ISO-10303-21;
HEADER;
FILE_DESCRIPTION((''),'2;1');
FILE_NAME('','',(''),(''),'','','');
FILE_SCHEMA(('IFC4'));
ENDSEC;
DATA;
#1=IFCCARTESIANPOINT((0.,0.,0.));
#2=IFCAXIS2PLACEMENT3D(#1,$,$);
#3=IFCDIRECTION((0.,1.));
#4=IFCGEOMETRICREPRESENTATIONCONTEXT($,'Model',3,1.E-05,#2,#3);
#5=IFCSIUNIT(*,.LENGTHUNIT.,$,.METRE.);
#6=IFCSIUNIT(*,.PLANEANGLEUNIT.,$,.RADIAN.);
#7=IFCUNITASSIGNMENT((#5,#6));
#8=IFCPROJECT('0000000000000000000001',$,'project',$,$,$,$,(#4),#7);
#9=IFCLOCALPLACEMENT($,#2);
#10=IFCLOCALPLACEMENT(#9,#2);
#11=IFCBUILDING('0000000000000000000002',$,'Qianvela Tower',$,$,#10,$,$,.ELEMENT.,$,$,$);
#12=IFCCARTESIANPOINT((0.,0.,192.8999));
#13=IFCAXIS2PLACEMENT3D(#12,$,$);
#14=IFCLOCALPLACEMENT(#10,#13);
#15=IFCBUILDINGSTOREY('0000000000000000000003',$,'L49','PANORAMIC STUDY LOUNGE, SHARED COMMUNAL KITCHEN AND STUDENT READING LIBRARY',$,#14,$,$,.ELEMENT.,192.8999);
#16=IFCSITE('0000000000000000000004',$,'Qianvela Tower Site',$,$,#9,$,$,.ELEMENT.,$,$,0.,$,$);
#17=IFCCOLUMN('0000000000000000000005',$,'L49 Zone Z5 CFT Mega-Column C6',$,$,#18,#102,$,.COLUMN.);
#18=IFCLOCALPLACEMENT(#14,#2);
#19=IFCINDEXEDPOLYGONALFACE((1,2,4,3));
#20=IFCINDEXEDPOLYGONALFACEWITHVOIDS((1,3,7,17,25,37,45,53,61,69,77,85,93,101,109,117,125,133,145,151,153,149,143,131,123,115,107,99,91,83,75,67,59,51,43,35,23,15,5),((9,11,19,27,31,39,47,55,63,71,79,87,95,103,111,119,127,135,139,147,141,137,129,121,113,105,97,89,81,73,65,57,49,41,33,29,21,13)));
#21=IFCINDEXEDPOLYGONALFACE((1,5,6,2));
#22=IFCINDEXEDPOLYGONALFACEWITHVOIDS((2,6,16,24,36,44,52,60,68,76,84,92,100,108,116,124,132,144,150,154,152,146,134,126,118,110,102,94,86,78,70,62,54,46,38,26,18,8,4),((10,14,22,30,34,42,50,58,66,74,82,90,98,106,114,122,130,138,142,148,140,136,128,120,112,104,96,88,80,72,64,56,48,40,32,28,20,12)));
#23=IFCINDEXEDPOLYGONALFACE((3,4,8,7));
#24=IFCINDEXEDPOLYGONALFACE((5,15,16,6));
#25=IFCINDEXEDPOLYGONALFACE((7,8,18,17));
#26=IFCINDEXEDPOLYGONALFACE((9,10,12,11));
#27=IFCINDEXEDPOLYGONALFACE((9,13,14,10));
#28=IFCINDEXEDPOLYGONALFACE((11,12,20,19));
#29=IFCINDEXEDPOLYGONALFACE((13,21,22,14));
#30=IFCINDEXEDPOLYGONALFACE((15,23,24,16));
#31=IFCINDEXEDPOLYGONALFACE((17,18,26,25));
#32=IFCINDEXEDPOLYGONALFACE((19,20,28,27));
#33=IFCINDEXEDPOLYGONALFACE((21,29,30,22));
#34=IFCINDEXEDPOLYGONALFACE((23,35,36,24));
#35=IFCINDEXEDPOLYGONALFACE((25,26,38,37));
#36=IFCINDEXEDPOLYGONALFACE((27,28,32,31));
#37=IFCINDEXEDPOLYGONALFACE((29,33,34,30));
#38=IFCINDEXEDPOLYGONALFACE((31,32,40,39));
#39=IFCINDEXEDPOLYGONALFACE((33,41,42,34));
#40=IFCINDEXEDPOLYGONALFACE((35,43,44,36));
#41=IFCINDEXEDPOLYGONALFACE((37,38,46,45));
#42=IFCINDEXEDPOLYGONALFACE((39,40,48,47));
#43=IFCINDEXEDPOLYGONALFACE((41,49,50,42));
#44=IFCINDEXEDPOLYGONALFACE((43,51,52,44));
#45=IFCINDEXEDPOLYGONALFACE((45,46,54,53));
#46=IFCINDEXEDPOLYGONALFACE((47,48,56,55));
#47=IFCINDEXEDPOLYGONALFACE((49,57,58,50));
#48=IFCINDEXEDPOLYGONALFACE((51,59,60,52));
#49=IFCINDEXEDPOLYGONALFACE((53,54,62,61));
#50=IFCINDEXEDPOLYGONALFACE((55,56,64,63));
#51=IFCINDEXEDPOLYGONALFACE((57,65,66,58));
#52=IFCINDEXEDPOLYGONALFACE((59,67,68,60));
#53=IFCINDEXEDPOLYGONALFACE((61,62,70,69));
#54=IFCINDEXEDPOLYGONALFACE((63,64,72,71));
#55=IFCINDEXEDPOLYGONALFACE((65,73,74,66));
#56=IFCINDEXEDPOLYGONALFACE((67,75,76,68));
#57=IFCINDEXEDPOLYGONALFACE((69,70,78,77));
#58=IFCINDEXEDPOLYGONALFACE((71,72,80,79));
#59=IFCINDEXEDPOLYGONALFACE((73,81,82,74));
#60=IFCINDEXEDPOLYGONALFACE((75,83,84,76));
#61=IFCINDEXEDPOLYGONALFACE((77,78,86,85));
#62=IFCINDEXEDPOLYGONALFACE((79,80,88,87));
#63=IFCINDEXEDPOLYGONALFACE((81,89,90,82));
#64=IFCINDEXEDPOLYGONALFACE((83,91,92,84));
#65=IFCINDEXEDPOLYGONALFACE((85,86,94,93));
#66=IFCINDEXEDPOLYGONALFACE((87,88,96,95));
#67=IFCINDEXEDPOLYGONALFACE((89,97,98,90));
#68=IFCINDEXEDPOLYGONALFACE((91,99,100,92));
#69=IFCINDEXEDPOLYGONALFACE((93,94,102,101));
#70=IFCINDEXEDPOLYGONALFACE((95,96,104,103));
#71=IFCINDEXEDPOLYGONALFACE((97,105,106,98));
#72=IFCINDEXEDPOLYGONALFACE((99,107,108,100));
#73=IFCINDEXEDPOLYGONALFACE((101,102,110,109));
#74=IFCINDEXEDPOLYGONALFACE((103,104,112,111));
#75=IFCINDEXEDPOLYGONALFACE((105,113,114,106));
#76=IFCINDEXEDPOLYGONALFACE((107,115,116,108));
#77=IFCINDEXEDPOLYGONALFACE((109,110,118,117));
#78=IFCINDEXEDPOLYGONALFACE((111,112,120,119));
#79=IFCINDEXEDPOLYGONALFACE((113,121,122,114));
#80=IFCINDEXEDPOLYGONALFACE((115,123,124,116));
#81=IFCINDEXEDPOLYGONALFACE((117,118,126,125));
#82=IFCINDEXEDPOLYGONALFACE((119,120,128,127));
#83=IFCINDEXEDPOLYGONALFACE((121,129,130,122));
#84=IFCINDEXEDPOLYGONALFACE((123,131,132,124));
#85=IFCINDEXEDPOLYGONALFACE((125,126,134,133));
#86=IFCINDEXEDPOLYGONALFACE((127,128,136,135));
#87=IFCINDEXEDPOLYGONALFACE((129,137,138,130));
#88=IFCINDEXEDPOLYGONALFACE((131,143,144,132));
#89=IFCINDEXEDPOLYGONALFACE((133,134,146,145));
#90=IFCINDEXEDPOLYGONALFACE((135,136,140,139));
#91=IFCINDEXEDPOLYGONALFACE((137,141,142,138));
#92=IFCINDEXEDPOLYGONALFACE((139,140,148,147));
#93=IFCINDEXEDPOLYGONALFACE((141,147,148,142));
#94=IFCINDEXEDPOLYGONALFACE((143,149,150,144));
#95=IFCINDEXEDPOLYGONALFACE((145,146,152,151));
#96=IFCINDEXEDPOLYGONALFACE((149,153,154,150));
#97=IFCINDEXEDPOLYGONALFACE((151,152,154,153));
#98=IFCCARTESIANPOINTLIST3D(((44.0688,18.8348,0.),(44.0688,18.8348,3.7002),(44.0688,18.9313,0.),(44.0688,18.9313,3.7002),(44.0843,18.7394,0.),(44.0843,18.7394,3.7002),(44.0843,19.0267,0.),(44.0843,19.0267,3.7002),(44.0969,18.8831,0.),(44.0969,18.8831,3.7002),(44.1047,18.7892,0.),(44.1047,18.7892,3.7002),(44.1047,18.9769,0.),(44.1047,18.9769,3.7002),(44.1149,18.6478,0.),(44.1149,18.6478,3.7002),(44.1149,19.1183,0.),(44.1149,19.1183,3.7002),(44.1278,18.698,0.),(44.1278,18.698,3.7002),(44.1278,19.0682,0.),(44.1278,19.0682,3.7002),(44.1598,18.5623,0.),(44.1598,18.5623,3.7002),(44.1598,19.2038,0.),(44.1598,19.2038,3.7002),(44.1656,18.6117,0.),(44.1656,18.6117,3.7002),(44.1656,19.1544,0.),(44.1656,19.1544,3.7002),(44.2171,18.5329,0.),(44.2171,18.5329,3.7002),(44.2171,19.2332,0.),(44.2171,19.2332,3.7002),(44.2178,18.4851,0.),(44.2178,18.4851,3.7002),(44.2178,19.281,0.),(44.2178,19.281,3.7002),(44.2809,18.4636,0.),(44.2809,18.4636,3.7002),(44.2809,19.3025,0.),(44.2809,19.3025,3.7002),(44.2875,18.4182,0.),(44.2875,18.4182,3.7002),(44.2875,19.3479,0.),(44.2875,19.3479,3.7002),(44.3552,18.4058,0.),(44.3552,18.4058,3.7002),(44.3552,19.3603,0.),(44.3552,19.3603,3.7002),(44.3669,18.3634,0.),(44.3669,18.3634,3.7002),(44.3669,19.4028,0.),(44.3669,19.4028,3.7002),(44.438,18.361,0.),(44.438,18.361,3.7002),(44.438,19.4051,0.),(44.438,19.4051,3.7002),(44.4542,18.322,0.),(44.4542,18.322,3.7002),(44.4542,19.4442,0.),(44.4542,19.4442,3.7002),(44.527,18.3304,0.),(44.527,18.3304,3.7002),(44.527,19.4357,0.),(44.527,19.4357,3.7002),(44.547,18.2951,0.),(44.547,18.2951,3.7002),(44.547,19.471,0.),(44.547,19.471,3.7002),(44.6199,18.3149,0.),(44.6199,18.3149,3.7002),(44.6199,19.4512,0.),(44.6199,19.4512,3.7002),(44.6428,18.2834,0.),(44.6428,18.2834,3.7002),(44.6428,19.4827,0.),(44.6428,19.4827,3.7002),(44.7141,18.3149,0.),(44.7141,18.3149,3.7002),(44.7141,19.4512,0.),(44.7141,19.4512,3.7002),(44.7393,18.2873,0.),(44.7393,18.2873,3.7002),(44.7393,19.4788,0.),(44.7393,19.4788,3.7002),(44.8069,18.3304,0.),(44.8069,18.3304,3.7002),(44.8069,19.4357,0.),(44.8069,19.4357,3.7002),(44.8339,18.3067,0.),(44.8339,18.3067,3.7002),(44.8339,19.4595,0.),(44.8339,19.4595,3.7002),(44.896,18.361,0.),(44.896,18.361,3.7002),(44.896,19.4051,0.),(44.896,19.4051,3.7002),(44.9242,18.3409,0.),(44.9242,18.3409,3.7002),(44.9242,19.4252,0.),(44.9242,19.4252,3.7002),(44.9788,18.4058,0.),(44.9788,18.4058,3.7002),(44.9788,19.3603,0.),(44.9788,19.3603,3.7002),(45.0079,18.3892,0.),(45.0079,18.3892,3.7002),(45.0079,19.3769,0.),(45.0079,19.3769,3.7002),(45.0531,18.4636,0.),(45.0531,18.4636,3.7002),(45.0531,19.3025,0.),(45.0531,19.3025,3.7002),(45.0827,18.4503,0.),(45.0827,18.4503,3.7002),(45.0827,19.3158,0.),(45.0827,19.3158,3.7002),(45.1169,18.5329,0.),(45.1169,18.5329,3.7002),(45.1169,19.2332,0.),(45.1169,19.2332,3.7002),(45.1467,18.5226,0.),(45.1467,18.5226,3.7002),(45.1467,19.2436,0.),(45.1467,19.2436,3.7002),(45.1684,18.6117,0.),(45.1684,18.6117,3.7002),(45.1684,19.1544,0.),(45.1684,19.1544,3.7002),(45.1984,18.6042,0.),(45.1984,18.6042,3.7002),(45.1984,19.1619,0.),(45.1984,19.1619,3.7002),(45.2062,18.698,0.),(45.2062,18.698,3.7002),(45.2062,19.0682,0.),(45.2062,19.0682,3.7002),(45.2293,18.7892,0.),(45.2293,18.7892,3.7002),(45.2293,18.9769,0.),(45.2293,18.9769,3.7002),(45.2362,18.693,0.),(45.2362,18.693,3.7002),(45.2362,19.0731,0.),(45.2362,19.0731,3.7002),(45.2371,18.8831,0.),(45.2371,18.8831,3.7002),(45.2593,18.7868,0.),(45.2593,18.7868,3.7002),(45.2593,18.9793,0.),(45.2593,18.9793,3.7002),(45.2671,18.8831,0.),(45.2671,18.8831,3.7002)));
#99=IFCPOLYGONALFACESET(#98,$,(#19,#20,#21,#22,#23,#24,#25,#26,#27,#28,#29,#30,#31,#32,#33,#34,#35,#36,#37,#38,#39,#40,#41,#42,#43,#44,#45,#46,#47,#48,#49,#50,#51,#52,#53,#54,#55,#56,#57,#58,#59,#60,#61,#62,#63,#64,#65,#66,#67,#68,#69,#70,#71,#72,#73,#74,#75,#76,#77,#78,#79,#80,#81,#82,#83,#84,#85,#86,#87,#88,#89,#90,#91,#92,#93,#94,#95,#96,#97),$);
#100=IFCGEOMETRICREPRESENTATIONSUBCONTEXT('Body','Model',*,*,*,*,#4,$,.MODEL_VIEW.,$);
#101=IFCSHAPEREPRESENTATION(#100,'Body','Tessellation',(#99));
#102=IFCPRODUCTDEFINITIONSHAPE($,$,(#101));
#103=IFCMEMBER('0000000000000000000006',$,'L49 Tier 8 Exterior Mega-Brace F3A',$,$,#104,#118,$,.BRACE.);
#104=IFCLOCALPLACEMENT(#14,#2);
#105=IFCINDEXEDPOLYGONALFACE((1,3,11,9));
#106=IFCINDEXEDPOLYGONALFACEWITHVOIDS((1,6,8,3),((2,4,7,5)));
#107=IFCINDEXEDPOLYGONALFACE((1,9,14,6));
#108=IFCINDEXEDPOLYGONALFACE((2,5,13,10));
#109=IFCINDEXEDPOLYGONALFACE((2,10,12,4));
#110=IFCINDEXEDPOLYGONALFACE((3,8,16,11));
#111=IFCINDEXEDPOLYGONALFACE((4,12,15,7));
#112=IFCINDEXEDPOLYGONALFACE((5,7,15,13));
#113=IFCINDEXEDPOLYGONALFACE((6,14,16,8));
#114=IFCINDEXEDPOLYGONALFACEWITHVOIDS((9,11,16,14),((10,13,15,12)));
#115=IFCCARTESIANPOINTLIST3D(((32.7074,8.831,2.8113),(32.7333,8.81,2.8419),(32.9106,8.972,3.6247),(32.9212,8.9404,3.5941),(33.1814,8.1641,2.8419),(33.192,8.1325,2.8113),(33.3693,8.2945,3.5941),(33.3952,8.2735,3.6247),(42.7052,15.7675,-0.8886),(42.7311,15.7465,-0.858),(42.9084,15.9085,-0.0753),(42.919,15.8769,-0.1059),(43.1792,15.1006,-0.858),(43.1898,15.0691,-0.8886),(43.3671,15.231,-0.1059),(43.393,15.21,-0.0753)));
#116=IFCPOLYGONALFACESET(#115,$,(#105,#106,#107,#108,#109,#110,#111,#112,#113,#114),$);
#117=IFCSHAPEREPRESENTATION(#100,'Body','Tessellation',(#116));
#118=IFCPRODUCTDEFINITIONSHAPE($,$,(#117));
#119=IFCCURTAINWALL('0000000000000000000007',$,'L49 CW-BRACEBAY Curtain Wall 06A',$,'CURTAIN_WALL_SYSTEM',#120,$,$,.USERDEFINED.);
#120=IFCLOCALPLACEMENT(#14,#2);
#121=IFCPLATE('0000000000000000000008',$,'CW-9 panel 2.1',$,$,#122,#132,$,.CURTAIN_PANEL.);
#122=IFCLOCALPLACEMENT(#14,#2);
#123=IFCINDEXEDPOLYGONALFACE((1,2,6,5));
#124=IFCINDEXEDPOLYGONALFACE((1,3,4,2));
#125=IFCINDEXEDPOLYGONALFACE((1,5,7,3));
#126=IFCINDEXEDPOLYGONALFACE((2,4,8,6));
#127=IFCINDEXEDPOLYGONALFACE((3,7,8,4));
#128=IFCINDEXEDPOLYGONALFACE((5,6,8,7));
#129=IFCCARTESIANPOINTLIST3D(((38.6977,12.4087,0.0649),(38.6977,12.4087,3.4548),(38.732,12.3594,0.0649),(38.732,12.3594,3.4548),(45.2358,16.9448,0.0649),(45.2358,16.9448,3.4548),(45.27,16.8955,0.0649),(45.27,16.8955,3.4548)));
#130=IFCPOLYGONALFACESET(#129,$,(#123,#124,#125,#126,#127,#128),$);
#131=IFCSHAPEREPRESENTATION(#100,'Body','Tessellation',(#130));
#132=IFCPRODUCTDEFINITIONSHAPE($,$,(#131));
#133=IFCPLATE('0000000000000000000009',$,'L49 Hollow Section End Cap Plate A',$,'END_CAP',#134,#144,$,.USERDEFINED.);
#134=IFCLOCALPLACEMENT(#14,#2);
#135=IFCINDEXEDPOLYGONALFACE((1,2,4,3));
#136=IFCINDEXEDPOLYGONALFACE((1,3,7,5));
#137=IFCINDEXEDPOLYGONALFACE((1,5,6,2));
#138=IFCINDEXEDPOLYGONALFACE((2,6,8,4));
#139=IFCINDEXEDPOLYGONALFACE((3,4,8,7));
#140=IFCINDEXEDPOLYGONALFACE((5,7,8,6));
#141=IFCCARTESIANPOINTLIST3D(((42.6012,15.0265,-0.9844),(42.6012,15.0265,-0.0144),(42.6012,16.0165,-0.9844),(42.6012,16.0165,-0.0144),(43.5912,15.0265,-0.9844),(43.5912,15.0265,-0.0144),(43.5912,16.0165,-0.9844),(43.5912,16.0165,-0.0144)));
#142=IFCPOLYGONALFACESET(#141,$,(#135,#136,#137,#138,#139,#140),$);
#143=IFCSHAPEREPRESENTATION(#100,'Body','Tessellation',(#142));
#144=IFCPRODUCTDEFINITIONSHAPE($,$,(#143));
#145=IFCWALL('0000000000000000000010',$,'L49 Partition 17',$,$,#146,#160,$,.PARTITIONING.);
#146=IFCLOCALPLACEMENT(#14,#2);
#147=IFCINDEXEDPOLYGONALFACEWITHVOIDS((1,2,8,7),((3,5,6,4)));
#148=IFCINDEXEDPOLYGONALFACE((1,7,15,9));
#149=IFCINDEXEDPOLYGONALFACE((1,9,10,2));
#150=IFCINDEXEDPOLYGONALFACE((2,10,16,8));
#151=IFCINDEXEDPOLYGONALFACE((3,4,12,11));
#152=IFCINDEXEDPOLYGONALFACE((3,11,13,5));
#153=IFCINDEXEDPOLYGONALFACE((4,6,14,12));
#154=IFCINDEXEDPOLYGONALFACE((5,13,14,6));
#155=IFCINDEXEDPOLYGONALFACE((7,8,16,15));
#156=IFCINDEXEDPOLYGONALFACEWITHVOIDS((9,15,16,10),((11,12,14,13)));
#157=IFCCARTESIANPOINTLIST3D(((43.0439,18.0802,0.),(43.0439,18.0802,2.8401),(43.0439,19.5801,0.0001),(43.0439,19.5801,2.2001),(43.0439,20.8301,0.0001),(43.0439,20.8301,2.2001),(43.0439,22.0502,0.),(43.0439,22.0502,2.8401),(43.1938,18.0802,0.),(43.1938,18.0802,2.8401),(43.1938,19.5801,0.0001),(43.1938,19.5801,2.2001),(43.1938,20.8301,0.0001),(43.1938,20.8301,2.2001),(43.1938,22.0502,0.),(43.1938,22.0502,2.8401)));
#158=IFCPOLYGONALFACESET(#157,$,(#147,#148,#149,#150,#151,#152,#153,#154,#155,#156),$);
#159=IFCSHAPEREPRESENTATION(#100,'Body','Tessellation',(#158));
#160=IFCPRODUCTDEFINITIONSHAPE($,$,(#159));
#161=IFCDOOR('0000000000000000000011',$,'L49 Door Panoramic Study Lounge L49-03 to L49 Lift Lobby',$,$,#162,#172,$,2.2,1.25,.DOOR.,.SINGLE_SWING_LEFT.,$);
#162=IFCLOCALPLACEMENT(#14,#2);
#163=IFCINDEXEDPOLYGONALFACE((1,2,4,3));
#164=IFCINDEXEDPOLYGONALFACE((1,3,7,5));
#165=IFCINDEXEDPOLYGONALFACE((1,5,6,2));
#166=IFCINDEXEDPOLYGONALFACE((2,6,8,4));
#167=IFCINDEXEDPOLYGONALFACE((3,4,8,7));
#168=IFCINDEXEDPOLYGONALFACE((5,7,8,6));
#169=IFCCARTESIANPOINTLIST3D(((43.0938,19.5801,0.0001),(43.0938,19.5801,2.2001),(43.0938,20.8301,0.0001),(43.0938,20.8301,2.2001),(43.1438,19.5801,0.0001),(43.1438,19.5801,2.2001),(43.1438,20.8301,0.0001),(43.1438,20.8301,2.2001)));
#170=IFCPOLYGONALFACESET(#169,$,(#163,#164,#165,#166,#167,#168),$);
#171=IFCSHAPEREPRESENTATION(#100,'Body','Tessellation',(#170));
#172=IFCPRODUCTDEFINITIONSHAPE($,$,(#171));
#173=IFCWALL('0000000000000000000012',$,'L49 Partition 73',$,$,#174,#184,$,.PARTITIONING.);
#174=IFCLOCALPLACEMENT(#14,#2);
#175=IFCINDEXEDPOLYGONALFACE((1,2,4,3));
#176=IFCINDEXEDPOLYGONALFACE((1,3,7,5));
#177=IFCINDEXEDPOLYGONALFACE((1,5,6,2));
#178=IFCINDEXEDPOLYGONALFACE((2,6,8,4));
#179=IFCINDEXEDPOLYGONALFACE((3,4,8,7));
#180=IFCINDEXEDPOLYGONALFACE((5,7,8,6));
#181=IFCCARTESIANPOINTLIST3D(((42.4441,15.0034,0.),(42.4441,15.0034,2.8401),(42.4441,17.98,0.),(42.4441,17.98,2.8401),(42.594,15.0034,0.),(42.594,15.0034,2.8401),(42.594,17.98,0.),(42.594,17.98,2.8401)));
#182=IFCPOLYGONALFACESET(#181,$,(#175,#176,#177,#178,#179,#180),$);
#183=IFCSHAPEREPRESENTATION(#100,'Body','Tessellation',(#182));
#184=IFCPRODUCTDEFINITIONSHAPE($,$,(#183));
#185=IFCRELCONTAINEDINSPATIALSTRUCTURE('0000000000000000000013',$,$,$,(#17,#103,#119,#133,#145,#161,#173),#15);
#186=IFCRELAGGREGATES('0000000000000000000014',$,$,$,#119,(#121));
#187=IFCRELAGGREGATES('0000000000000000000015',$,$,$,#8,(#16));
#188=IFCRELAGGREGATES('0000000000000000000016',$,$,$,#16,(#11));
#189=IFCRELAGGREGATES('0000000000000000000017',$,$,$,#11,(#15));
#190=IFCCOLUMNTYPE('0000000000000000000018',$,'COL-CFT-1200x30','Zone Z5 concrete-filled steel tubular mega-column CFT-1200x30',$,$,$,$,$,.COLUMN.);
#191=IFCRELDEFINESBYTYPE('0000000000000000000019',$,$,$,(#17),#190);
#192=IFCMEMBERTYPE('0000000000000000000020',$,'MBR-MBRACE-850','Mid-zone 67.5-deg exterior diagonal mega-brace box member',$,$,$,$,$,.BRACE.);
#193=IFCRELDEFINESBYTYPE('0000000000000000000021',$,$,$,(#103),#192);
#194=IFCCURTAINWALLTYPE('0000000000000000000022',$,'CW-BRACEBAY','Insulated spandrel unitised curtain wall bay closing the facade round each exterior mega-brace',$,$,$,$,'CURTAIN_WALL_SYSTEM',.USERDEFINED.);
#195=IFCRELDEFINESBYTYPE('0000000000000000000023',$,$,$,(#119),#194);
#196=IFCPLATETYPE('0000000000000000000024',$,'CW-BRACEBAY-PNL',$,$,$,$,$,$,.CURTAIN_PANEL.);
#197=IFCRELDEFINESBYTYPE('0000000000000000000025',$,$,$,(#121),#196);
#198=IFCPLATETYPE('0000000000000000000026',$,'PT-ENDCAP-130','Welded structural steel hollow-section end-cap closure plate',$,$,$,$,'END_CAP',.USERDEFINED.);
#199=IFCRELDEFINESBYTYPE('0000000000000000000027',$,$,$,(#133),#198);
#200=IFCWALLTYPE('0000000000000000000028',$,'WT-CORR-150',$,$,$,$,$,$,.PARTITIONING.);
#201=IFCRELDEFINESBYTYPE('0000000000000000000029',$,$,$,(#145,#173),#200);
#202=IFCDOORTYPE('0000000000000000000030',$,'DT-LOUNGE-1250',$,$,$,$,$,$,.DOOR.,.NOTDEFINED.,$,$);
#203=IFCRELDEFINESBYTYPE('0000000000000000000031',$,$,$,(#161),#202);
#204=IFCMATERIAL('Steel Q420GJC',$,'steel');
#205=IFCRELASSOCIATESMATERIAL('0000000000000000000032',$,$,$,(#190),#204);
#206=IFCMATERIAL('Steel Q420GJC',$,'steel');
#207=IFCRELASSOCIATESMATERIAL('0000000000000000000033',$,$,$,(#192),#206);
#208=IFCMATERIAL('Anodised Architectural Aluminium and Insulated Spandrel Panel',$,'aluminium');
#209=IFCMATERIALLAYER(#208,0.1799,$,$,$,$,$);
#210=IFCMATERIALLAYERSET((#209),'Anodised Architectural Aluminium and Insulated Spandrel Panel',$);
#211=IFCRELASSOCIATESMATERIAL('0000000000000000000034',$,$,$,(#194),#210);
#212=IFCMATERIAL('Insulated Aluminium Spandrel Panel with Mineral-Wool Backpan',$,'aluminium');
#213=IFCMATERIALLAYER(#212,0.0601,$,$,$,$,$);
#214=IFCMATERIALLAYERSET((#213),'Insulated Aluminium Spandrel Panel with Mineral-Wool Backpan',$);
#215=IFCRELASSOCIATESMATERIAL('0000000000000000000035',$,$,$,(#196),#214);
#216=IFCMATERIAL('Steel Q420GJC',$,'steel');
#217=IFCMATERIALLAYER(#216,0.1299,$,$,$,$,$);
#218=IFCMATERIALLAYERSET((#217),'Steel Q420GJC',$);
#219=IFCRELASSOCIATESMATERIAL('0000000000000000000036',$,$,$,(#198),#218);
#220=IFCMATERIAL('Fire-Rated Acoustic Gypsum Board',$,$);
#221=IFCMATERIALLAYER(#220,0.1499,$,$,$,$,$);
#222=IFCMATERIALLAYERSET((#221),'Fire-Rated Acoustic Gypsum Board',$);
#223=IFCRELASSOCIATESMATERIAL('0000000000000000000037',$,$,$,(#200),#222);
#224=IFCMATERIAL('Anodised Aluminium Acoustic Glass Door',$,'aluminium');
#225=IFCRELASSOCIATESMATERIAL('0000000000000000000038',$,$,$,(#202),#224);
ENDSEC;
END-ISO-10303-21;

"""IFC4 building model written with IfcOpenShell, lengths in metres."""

from ifc_helpers import new_model, si_unit, direction, frame, frame_2d, origin, origin_2d, place, context, subcontext, project, spatial, rectangle, hollow_rectangle, hollow_circle, extrude, material, layer, layer_set, material_profile, profile_set, type_object, element, fill, aggregate, save


model = new_model("IFC4")

# Units and contexts
model_context = context("Model", 3, precision=1e-05, world=origin(), true_north=direction((0.0, 1.0)))
body_context = subcontext(model_context, "Body", "Model", "MODEL_VIEW")
ifc_project = project(units=[si_unit("LENGTHUNIT", "METRE"), si_unit("PLANEANGLEUNIT", "RADIAN")], contexts=[model_context])

# Site, building, storey
site_placement = place(None, origin())
site = spatial("IfcSite", under=ifc_project, at=site_placement, Name="Qianvela Tower Site", CompositionType="ELEMENT", RefElevation=0.0)
building_placement = place(site_placement, origin())
building = spatial("IfcBuilding", under=site, at=building_placement, Name="Qianvela Tower", CompositionType="ELEMENT")
storey_placement = place(building_placement, frame((0.0, 0.0, 192.8999)))
storey = spatial("IfcBuildingStorey", under=building, at=storey_placement, Name="L49", Description="PANORAMIC STUDY LOUNGE, SHARED COMMUNAL KITCHEN AND STUDENT READING LIBRARY", CompositionType="ELEMENT", Elevation=192.8999)

# Column
ifc_material_1 = material(Name="Steel Q420GJC", Category="steel")
ifc_material_profile_1 = material_profile(ifc_material_1, hollow_circle(Radius=0.6001, WallThickness=0.03, at=origin_2d()), Name="CFT-1200x30")
ifc_profile_set_1 = profile_set([ifc_material_profile_1], Name="Steel Q420GJC")
column_type = type_object("IfcColumnType", Name="COL-CFT-1200x30", Description="Zone Z5 concrete-filled steel tubular mega-column CFT-1200x30", PredefinedType="COLUMN", material=ifc_profile_set_1)
column_placement = place(storey_placement, frame((44.667, 18.8831, 0.0), z_axis=(0.0, 0.0, 1.0), x_axis=(1.0, 0.0, 0.0)))
element("IfcColumn", 1, at=column_placement, inside=storey, type_object=column_type, Name="L49 Zone Z5 CFT Mega-Column C6", PredefinedType="COLUMN", context=body_context, shape_type="SweptSolid", body=[
    extrude(hollow_circle(Radius=0.6001, WallThickness=0.03, at=origin_2d()), origin(), (0.0, 0.0, 1.0), 3.7002),
])

# Member
ifc_material_2 = material(Name="Steel Q420GJC", Category="steel")
ifc_material_profile_2 = material_profile(ifc_material_2, hollow_rectangle(XDim=0.8501, YDim=0.8501, WallThickness=0.032, at=origin_2d()), Name="MBOX-850x850x32")
ifc_profile_set_2 = profile_set([ifc_material_profile_2], Name="Steel Q420GJC")
member_type = type_object("IfcMemberType", Name="MBR-MBRACE-850", Description="Mid-zone 67.5-deg exterior diagonal mega-brace box member", PredefinedType="BRACE", material=ifc_profile_set_2)
member_placement = place(storey_placement, frame((43.0491, 15.4888, -0.4819), z_axis=(-0.786082, -0.545387, 0.29091), x_axis=(0.570041, -0.821616, 0.0)))
element("IfcMember", 2, at=member_placement, inside=storey, type_object=member_type, Name="L49 Tier 8 Exterior Mega-Brace F3A", PredefinedType="BRACE", context=body_context, shape_type="SweptSolid", body=[
    extrude(hollow_rectangle(XDim=0.8501, YDim=0.8501, WallThickness=0.032, at=origin_2d()), origin(), (0.0, 0.0, 1.0), 12.7185),
])

# Curtain wall, plate
ifc_material_3 = material(Name="Anodised Architectural Aluminium and Insulated Spandrel Panel", Category="aluminium")
ifc_layer_1 = layer(ifc_material_3, 0.1799)
ifc_layer_set_1 = layer_set([ifc_layer_1], Name="Anodised Architectural Aluminium and Insulated Spandrel Panel")
curtain_wall_type = type_object("IfcCurtainWallType", Name="CW-BRACEBAY", Description="Insulated spandrel unitised curtain wall bay closing the facade round each exterior mega-brace", ElementType="CURTAIN_WALL_SYSTEM", PredefinedType="USERDEFINED", material=ifc_layer_set_1)
curtain_wall_placement = place(storey_placement, origin())
curtain_wall = element("IfcCurtainWall", 3, at=curtain_wall_placement, inside=storey, type_object=curtain_wall_type, Name="L49 CW-BRACEBAY Curtain Wall 06A", ObjectType="CURTAIN_WALL_SYSTEM", PredefinedType="USERDEFINED")
ifc_material_4 = material(Name="Insulated Aluminium Spandrel Panel with Mineral-Wool Backpan", Category="aluminium")
ifc_layer_2 = layer(ifc_material_4, 0.0601)
ifc_layer_set_2 = layer_set([ifc_layer_2], Name="Insulated Aluminium Spandrel Panel with Mineral-Wool Backpan")
plate_type_1 = type_object("IfcPlateType", Name="CW-BRACEBAY-PNL", PredefinedType="CURTAIN_PANEL", material=ifc_layer_set_2)
plate_1_placement = place(storey_placement, frame((41.9839, 14.6521, 0.0649), z_axis=(0.0, 0.0, 1.0), x_axis=(0.821619, 0.570037, 0.0)))
plate_1 = element("IfcPlate", 4, at=plate_1_placement, type_object=plate_type_1, Name="CW-9 panel 2.1", PredefinedType="CURTAIN_PANEL", context=body_context, shape_type="SweptSolid", body=[
    extrude(rectangle(XDim=7.9575, YDim=0.0601, at=origin_2d()), origin(), (0.0, 0.0, 1.0), 3.3899),
])
aggregate(curtain_wall, [plate_1])

# Plate
ifc_material_5 = material(Name="Steel Q420GJC", Category="steel")
ifc_layer_3 = layer(ifc_material_5, 0.1299)
ifc_layer_set_3 = layer_set([ifc_layer_3], Name="Steel Q420GJC")
plate_type_2 = type_object("IfcPlateType", Name="PT-ENDCAP-130", Description="Welded structural steel hollow-section end-cap closure plate", ElementType="END_CAP", PredefinedType="USERDEFINED", material=ifc_layer_set_3)
plate_2_placement = place(storey_placement, frame((43.0962, 15.5215, -0.9844), z_axis=(0.0, 0.0, 1.0), x_axis=(1.0, 0.0, 0.0)))
element("IfcPlate", 5, at=plate_2_placement, inside=storey, type_object=plate_type_2, Name="L49 Hollow Section End Cap Plate A", ObjectType="END_CAP", PredefinedType="USERDEFINED", context=body_context, shape_type="SweptSolid", body=[
    extrude(rectangle(XDim=0.99, YDim=0.99, at=origin_2d()), origin(), (0.0, 0.0, 1.0), 0.97),
])

# Wall, opening, door
ifc_material_6 = material(Name="Fire-Rated Acoustic Gypsum Board")
ifc_layer_4 = layer(ifc_material_6, 0.1499)
ifc_layer_set_4 = layer_set([ifc_layer_4], Name="Fire-Rated Acoustic Gypsum Board")
wall_type_1 = type_object("IfcWallType", Name="WT-CORR-150", PredefinedType="PARTITIONING", material=ifc_layer_set_4)
wall_1_placement = place(storey_placement, frame((43.1189, 22.05, 0.0), z_axis=(0.0, 0.0, 1.0), x_axis=(0.0, -1.0, 0.0)))
wall_1 = element("IfcWall", 6, at=wall_1_placement, inside=storey, type_object=wall_type_1, Name="L49 Partition 17", PredefinedType="PARTITIONING", context=body_context, shape_type="SweptSolid", body=[
    extrude(rectangle(XDim=3.97, YDim=0.1499, at=frame_2d((1.9849, 0.0))), origin(), (0.0, 0.0, 1.0), 2.8401),
])
opening_1_placement = place(wall_1_placement, frame((1.22, 0.0, 0.0)))
opening_1 = element("IfcOpeningElement", 7, at=opening_1_placement, cuts=wall_1, PredefinedType="OPENING", context=body_context, shape_type="SweptSolid", body=[
    extrude(rectangle(XDim=1.25, YDim=2.2, at=frame_2d((0.625, 1.1001))), frame((0.0, 0.085, 0.0), z_axis=(0.0, -1.0, 0.0), x_axis=(1.0, 0.0, 0.0)), (0.0, 0.0, 1.0), 0.1699),
])
ifc_material_7 = material(Name="Anodised Aluminium Acoustic Glass Door", Category="aluminium")
door_type_1 = type_object("IfcDoorType", Name="DT-LOUNGE-1250", OperationType="NOTDEFINED", PredefinedType="DOOR", material=ifc_material_7)
door_1_placement = place(opening_1_placement, origin())
door_1 = element("IfcDoor", 8, at=door_1_placement, inside=storey, type_object=door_type_1, Name="L49 Door Panoramic Study Lounge L49-03 to L49 Lift Lobby", OperationType="SINGLE_SWING_LEFT", OverallHeight=2.2, OverallWidth=1.25, PredefinedType="DOOR", context=body_context, shape_type="SweptSolid", body=[
    extrude(rectangle(XDim=1.25, YDim=2.2, at=frame_2d((0.625, 1.1001))), frame((0.0, 0.0249, 0.0), z_axis=(0.0, -1.0, 0.0), x_axis=(1.0, 0.0, 0.0)), (0.0, 0.0, 1.0), 0.05),
])
fill(opening_1, door_1)

# Wall
wall_2_placement = place(storey_placement, frame((42.519, 17.98, 0.0), z_axis=(0.0, 0.0, 1.0), x_axis=(0.0, -1.0, 0.0)))
element("IfcWall", 9, at=wall_2_placement, inside=storey, type_object=wall_type_1, Name="L49 Partition 73", PredefinedType="PARTITIONING", context=body_context, shape_type="SweptSolid", body=[
    extrude(rectangle(XDim=2.9766, YDim=0.1499, at=frame_2d((1.4883, 0.0))), origin(), (0.0, 0.0, 1.0), 2.8401),
])

save(model, "model.ifc")
